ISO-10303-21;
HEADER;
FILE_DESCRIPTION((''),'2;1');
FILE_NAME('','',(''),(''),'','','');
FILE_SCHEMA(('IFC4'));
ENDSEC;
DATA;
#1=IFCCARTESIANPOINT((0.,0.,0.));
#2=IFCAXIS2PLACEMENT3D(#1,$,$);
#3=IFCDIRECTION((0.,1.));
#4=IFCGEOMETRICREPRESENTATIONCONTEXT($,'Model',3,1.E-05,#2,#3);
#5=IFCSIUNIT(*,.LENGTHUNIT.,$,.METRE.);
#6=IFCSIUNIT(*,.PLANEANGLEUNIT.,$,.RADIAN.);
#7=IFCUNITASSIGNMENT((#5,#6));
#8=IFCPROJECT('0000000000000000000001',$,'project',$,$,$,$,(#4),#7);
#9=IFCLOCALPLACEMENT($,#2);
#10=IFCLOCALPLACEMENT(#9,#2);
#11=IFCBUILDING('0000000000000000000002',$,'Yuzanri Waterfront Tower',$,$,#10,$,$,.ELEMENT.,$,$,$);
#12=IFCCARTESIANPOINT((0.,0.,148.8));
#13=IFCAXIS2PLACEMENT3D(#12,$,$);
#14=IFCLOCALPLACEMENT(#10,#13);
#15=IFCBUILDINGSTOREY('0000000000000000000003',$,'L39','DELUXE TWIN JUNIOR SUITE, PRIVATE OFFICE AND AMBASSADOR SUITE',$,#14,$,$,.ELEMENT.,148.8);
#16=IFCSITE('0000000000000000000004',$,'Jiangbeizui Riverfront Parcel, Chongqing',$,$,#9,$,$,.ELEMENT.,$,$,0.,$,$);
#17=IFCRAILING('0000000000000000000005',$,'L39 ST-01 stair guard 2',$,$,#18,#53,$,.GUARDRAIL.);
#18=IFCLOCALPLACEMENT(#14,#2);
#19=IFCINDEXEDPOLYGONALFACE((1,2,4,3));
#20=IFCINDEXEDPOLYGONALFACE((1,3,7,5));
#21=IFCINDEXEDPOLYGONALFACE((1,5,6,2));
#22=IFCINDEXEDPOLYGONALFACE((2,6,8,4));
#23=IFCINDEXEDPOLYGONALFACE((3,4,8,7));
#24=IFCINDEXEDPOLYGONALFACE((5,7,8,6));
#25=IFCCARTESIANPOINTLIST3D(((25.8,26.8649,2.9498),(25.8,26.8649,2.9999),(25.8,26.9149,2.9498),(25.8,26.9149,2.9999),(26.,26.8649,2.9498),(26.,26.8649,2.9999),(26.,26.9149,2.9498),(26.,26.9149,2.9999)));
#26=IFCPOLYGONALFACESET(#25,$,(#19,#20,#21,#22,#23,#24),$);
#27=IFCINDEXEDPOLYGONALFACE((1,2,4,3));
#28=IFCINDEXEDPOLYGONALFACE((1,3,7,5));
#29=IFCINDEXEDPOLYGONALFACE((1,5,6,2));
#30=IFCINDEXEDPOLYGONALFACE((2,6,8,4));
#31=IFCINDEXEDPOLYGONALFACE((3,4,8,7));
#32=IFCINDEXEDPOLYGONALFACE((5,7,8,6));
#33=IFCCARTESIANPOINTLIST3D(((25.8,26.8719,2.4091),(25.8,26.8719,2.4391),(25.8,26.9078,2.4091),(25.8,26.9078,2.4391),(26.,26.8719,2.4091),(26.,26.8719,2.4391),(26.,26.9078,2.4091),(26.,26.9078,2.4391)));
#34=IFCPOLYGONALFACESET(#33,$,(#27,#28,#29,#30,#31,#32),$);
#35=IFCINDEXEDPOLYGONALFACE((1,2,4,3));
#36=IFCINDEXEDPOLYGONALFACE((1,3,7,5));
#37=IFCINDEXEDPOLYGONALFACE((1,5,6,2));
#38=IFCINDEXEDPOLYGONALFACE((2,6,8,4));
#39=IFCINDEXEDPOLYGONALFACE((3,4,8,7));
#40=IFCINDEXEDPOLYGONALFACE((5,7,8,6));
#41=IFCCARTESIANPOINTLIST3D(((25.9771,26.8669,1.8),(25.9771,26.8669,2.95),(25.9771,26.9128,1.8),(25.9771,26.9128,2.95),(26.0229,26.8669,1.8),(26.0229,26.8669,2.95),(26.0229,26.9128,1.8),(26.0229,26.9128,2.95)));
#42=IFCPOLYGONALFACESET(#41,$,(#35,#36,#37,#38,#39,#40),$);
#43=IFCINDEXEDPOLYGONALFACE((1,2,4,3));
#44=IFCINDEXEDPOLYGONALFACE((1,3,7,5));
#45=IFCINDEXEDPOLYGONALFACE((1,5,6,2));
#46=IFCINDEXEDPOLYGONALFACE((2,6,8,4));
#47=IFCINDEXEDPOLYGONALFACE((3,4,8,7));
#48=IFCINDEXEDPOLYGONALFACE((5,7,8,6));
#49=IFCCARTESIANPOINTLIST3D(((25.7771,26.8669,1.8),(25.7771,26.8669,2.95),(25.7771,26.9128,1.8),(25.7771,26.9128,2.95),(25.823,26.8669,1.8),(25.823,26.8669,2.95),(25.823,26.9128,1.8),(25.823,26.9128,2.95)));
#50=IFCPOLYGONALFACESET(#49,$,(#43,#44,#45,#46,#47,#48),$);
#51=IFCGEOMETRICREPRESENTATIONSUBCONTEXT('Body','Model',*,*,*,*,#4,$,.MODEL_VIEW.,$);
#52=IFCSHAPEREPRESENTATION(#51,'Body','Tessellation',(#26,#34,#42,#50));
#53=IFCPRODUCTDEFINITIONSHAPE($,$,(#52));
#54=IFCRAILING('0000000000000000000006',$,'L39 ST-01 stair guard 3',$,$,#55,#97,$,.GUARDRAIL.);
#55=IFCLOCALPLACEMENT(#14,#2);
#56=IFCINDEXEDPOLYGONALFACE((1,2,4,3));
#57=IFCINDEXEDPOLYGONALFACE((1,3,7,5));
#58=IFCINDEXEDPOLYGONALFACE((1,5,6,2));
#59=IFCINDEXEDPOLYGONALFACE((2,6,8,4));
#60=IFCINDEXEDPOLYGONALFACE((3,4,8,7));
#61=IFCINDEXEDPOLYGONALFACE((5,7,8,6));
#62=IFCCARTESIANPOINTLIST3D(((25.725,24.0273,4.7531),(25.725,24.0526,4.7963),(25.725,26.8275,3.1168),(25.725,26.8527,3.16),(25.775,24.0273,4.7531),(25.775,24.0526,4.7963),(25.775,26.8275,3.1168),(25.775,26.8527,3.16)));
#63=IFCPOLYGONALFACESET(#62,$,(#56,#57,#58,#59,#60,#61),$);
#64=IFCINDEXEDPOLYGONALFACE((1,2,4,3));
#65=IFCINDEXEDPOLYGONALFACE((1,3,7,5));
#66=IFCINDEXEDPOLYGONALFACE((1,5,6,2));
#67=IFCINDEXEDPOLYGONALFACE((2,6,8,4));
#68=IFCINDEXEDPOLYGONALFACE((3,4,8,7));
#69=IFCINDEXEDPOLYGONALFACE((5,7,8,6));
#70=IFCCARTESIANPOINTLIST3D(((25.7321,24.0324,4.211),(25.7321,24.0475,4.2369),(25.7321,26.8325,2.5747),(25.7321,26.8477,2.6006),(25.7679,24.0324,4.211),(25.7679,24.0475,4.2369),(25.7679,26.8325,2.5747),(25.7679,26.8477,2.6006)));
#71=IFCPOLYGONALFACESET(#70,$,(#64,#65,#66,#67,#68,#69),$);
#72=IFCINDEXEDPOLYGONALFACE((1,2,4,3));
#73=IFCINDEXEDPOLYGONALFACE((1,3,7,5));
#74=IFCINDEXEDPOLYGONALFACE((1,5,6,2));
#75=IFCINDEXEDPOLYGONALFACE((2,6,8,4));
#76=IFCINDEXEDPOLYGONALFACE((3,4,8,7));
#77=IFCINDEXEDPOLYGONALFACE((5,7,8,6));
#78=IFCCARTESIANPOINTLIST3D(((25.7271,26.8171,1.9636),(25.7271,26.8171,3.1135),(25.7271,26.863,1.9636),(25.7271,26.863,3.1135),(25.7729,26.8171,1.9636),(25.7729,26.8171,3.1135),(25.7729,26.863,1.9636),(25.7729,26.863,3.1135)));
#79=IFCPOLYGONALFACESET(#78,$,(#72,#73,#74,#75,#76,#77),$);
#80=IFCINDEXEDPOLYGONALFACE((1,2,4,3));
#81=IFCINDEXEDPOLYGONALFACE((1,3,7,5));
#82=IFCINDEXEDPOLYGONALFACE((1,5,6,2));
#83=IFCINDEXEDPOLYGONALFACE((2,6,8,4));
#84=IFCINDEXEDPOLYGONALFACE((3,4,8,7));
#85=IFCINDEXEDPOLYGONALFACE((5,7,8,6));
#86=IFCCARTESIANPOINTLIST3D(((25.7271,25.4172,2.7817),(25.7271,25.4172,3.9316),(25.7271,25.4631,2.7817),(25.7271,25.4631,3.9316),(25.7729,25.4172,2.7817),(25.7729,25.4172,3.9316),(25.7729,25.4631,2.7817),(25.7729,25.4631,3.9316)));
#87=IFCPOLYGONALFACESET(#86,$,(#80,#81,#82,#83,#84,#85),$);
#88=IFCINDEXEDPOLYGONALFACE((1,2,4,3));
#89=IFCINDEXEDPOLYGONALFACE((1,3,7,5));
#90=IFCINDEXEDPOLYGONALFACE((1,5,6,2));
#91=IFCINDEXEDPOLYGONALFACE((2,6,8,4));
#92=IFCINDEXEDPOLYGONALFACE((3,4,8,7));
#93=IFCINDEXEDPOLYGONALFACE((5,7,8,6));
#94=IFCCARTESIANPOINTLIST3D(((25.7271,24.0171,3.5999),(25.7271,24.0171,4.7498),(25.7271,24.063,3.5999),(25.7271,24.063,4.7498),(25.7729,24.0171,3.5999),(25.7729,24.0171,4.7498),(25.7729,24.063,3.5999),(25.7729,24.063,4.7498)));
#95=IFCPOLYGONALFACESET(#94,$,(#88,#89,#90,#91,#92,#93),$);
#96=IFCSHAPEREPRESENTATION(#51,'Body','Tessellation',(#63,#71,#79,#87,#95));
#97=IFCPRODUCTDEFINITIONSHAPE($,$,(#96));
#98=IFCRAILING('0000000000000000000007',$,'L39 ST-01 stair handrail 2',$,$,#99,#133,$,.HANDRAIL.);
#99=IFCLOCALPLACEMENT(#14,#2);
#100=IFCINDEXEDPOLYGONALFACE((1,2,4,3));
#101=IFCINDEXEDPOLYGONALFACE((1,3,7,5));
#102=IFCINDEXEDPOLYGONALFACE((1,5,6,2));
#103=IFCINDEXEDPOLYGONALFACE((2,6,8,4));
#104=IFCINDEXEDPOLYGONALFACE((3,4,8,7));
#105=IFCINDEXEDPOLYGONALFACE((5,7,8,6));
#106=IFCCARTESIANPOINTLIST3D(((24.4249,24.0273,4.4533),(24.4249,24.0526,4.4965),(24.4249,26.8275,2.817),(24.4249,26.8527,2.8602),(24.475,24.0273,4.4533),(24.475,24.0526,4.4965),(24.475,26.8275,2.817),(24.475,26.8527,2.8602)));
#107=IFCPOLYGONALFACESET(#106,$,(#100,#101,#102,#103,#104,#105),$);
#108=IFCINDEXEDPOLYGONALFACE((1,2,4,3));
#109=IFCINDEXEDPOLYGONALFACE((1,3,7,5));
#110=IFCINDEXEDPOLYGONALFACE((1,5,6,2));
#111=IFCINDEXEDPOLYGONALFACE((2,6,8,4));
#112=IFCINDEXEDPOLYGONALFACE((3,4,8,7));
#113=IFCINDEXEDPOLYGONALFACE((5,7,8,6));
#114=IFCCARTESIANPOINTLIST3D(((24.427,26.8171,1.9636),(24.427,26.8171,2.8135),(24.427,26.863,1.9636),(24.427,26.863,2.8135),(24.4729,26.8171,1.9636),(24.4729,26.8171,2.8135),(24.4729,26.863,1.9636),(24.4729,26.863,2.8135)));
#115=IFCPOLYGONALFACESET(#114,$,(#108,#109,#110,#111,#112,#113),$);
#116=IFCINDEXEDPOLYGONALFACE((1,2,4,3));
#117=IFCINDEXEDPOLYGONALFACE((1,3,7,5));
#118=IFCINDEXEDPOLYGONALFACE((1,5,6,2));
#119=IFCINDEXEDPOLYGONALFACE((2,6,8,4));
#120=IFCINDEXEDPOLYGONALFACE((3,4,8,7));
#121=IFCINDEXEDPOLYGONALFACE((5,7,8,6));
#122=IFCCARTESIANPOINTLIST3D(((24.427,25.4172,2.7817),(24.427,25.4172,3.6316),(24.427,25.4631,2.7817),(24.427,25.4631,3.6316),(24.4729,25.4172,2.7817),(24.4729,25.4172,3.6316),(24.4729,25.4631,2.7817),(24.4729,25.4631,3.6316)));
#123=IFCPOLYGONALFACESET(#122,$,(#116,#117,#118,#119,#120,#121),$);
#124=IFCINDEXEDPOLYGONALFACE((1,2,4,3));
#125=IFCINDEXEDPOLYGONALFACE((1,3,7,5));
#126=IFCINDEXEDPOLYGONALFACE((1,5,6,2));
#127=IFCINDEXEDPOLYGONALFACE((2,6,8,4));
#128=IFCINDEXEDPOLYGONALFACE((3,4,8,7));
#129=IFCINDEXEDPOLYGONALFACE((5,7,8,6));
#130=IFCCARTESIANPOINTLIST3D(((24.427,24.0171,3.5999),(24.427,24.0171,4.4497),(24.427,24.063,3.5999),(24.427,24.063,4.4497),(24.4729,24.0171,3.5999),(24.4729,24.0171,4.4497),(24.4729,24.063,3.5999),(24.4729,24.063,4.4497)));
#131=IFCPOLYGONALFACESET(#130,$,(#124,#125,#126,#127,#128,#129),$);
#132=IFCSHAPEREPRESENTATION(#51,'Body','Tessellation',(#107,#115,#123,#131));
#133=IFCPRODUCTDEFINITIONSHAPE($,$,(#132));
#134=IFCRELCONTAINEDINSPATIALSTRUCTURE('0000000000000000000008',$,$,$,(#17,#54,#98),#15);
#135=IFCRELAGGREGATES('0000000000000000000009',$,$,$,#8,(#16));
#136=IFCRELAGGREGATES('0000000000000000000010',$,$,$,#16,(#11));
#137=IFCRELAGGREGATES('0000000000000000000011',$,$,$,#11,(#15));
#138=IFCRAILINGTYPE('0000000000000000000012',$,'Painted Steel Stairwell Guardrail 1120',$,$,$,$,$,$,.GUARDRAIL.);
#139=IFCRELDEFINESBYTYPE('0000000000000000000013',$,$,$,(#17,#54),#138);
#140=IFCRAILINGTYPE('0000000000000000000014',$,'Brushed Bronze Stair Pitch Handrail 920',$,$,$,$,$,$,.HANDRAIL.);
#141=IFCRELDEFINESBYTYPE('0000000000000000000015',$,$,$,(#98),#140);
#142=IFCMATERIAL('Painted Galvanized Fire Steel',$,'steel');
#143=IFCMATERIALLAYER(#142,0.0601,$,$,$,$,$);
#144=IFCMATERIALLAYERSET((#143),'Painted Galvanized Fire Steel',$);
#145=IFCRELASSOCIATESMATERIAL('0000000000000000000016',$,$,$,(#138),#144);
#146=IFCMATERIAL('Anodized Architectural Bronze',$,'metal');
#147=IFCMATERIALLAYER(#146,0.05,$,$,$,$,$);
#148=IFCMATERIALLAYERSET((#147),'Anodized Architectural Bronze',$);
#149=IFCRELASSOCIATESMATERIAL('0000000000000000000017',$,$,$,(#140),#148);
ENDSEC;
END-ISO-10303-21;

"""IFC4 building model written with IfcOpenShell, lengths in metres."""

from ifc_helpers import new_model, si_unit, direction, frame, origin, origin_2d, place, context, subcontext, project, spatial, rectangle, extrude, source, transform, mapped, material, layer, layer_set, type_object, element, save


model = new_model("IFC4")

# Units and contexts
model_context = context("Model", 3, precision=1e-05, world=origin(), true_north=direction((0.0, 1.0)))
body_context = subcontext(model_context, "Body", "Model", "MODEL_VIEW")
ifc_project = project(units=[si_unit("LENGTHUNIT", "METRE"), si_unit("PLANEANGLEUNIT", "RADIAN")], contexts=[model_context])

# Site, building, storey
site_placement = place(None, origin())
site = spatial("IfcSite", under=ifc_project, at=site_placement, Name="Jiangbeizui Riverfront Parcel, Chongqing", CompositionType="ELEMENT", RefElevation=0.0)
building_placement = place(site_placement, origin())
building = spatial("IfcBuilding", under=site, at=building_placement, Name="Yuzanri Waterfront Tower", CompositionType="ELEMENT")
storey_placement = place(building_placement, frame((0.0, 0.0, 148.8)))
storey = spatial("IfcBuildingStorey", under=building, at=storey_placement, Name="L39", Description="DELUXE TWIN JUNIOR SUITE, PRIVATE OFFICE AND AMBASSADOR SUITE", CompositionType="ELEMENT", Elevation=148.8)

# Railings
ifc_material_1 = material(Name="Painted Galvanized Fire Steel", Category="steel")
ifc_layer_1 = layer(ifc_material_1, 0.0601)
ifc_layer_set_1 = layer_set([ifc_layer_1], Name="Painted Galvanized Fire Steel")
railing_type_1 = type_object("IfcRailingType", Name="Painted Steel Stairwell Guardrail 1120", PredefinedType="GUARDRAIL", material=ifc_layer_set_1)
shared_shape_1 = source(origin(), body_context, "Body", "SweptSolid", [
    extrude(rectangle(XDim=0.05, YDim=0.05, at=origin_2d()), frame((0.0, 0.0, 1.1748), z_axis=(-1.0, 0.0, 0.0), x_axis=(0.0, -1.0, 0.0)), (0.0, 0.0, 1.0), 0.2),
    extrude(rectangle(XDim=0.0359, YDim=0.03, at=origin_2d()), frame((0.0, 0.0, 0.624), z_axis=(-1.0, 0.0, 0.0), x_axis=(0.0, -1.0, 0.0)), (0.0, 0.0, 1.0), 0.2),
    extrude(rectangle(XDim=0.0459, YDim=0.0459, at=origin_2d()), origin(), (0.0, 0.0, 1.0), 1.1499),
    extrude(rectangle(XDim=0.0459, YDim=0.0459, at=origin_2d()), frame((-0.2, 0.0, 0.0)), (0.0, 0.0, 1.0), 1.1499),
])
railing_1_placement = place(storey_placement, frame((26.0, 26.8899, 1.8)))
element("IfcRailing", 1, at=railing_1_placement, inside=storey, type_object=railing_type_1, Name="L39 ST-01 stair guard 2", PredefinedType="GUARDRAIL", context=body_context, shape_type="MappedRepresentation", body=[
    mapped(shared_shape_1, transform((0.0, 0.0, 0.0), scale=1.0)),
])
shared_shape_2 = source(origin(), body_context, "Body", "SweptSolid", [
    extrude(rectangle(XDim=0.05, YDim=0.05, at=origin_2d()), frame((0.0, 0.0, 1.1748), z_axis=(0.0, -0.863394, 0.504531), x_axis=(1.0, 0.0, 0.0)), (0.0, 0.0, 1.0), 3.2432),
    extrude(rectangle(XDim=0.0359, YDim=0.03, at=origin_2d()), frame((0.0, 0.0, 0.624), z_axis=(0.0, -0.863394, 0.504531), x_axis=(1.0, 0.0, 0.0)), (0.0, 0.0, 1.0), 3.2432),
    extrude(rectangle(XDim=0.0459, YDim=0.0459, at=origin_2d()), origin(), (0.0, 0.0, 1.0), 1.1499),
    extrude(rectangle(XDim=0.0459, YDim=0.0459, at=origin_2d()), frame((0.0, -1.3999, 0.8181)), (0.0, 0.0, 1.0), 1.1499),
    extrude(rectangle(XDim=0.0459, YDim=0.0459, at=origin_2d()), frame((0.0, -2.8, 1.6362)), (0.0, 0.0, 1.0), 1.1499),
])
railing_2_placement = place(storey_placement, frame((25.75, 26.8401, 1.9636)))
element("IfcRailing", 2, at=railing_2_placement, inside=storey, type_object=railing_type_1, Name="L39 ST-01 stair guard 3", PredefinedType="GUARDRAIL", context=body_context, shape_type="MappedRepresentation", body=[
    mapped(shared_shape_2, transform((0.0, 0.0, 0.0), scale=1.0)),
])
ifc_material_2 = material(Name="Anodized Architectural Bronze", Category="metal")
ifc_layer_2 = layer(ifc_material_2, 0.05)
ifc_layer_set_2 = layer_set([ifc_layer_2], Name="Anodized Architectural Bronze")
railing_type_2 = type_object("IfcRailingType", Name="Brushed Bronze Stair Pitch Handrail 920", PredefinedType="HANDRAIL", material=ifc_layer_set_2)
shared_shape_3 = source(origin(), body_context, "Body", "SweptSolid", [
    extrude(rectangle(XDim=0.05, YDim=0.05, at=origin_2d()), frame((0.0, 0.0, 0.875), z_axis=(0.0, -0.863394, 0.504531), x_axis=(1.0, 0.0, 0.0)), (0.0, 0.0, 1.0), 3.2432),
    extrude(rectangle(XDim=0.0459, YDim=0.0459, at=origin_2d()), origin(), (0.0, 0.0, 1.0), 0.8499),
    extrude(rectangle(XDim=0.0459, YDim=0.0459, at=origin_2d()), frame((0.0, -1.3999, 0.8181)), (0.0, 0.0, 1.0), 0.8499),
    extrude(rectangle(XDim=0.0459, YDim=0.0459, at=origin_2d()), frame((0.0, -2.8, 1.6362)), (0.0, 0.0, 1.0), 0.8499),
])
railing_3_placement = place(storey_placement, frame((24.45, 26.8401, 1.9636)))
element("IfcRailing", 3, at=railing_3_placement, inside=storey, type_object=railing_type_2, Name="L39 ST-01 stair handrail 2", PredefinedType="HANDRAIL", context=body_context, shape_type="MappedRepresentation", body=[
    mapped(shared_shape_3, transform((0.0, 0.0, 0.0), scale=1.0)),
])

save(model, "model.ifc")
